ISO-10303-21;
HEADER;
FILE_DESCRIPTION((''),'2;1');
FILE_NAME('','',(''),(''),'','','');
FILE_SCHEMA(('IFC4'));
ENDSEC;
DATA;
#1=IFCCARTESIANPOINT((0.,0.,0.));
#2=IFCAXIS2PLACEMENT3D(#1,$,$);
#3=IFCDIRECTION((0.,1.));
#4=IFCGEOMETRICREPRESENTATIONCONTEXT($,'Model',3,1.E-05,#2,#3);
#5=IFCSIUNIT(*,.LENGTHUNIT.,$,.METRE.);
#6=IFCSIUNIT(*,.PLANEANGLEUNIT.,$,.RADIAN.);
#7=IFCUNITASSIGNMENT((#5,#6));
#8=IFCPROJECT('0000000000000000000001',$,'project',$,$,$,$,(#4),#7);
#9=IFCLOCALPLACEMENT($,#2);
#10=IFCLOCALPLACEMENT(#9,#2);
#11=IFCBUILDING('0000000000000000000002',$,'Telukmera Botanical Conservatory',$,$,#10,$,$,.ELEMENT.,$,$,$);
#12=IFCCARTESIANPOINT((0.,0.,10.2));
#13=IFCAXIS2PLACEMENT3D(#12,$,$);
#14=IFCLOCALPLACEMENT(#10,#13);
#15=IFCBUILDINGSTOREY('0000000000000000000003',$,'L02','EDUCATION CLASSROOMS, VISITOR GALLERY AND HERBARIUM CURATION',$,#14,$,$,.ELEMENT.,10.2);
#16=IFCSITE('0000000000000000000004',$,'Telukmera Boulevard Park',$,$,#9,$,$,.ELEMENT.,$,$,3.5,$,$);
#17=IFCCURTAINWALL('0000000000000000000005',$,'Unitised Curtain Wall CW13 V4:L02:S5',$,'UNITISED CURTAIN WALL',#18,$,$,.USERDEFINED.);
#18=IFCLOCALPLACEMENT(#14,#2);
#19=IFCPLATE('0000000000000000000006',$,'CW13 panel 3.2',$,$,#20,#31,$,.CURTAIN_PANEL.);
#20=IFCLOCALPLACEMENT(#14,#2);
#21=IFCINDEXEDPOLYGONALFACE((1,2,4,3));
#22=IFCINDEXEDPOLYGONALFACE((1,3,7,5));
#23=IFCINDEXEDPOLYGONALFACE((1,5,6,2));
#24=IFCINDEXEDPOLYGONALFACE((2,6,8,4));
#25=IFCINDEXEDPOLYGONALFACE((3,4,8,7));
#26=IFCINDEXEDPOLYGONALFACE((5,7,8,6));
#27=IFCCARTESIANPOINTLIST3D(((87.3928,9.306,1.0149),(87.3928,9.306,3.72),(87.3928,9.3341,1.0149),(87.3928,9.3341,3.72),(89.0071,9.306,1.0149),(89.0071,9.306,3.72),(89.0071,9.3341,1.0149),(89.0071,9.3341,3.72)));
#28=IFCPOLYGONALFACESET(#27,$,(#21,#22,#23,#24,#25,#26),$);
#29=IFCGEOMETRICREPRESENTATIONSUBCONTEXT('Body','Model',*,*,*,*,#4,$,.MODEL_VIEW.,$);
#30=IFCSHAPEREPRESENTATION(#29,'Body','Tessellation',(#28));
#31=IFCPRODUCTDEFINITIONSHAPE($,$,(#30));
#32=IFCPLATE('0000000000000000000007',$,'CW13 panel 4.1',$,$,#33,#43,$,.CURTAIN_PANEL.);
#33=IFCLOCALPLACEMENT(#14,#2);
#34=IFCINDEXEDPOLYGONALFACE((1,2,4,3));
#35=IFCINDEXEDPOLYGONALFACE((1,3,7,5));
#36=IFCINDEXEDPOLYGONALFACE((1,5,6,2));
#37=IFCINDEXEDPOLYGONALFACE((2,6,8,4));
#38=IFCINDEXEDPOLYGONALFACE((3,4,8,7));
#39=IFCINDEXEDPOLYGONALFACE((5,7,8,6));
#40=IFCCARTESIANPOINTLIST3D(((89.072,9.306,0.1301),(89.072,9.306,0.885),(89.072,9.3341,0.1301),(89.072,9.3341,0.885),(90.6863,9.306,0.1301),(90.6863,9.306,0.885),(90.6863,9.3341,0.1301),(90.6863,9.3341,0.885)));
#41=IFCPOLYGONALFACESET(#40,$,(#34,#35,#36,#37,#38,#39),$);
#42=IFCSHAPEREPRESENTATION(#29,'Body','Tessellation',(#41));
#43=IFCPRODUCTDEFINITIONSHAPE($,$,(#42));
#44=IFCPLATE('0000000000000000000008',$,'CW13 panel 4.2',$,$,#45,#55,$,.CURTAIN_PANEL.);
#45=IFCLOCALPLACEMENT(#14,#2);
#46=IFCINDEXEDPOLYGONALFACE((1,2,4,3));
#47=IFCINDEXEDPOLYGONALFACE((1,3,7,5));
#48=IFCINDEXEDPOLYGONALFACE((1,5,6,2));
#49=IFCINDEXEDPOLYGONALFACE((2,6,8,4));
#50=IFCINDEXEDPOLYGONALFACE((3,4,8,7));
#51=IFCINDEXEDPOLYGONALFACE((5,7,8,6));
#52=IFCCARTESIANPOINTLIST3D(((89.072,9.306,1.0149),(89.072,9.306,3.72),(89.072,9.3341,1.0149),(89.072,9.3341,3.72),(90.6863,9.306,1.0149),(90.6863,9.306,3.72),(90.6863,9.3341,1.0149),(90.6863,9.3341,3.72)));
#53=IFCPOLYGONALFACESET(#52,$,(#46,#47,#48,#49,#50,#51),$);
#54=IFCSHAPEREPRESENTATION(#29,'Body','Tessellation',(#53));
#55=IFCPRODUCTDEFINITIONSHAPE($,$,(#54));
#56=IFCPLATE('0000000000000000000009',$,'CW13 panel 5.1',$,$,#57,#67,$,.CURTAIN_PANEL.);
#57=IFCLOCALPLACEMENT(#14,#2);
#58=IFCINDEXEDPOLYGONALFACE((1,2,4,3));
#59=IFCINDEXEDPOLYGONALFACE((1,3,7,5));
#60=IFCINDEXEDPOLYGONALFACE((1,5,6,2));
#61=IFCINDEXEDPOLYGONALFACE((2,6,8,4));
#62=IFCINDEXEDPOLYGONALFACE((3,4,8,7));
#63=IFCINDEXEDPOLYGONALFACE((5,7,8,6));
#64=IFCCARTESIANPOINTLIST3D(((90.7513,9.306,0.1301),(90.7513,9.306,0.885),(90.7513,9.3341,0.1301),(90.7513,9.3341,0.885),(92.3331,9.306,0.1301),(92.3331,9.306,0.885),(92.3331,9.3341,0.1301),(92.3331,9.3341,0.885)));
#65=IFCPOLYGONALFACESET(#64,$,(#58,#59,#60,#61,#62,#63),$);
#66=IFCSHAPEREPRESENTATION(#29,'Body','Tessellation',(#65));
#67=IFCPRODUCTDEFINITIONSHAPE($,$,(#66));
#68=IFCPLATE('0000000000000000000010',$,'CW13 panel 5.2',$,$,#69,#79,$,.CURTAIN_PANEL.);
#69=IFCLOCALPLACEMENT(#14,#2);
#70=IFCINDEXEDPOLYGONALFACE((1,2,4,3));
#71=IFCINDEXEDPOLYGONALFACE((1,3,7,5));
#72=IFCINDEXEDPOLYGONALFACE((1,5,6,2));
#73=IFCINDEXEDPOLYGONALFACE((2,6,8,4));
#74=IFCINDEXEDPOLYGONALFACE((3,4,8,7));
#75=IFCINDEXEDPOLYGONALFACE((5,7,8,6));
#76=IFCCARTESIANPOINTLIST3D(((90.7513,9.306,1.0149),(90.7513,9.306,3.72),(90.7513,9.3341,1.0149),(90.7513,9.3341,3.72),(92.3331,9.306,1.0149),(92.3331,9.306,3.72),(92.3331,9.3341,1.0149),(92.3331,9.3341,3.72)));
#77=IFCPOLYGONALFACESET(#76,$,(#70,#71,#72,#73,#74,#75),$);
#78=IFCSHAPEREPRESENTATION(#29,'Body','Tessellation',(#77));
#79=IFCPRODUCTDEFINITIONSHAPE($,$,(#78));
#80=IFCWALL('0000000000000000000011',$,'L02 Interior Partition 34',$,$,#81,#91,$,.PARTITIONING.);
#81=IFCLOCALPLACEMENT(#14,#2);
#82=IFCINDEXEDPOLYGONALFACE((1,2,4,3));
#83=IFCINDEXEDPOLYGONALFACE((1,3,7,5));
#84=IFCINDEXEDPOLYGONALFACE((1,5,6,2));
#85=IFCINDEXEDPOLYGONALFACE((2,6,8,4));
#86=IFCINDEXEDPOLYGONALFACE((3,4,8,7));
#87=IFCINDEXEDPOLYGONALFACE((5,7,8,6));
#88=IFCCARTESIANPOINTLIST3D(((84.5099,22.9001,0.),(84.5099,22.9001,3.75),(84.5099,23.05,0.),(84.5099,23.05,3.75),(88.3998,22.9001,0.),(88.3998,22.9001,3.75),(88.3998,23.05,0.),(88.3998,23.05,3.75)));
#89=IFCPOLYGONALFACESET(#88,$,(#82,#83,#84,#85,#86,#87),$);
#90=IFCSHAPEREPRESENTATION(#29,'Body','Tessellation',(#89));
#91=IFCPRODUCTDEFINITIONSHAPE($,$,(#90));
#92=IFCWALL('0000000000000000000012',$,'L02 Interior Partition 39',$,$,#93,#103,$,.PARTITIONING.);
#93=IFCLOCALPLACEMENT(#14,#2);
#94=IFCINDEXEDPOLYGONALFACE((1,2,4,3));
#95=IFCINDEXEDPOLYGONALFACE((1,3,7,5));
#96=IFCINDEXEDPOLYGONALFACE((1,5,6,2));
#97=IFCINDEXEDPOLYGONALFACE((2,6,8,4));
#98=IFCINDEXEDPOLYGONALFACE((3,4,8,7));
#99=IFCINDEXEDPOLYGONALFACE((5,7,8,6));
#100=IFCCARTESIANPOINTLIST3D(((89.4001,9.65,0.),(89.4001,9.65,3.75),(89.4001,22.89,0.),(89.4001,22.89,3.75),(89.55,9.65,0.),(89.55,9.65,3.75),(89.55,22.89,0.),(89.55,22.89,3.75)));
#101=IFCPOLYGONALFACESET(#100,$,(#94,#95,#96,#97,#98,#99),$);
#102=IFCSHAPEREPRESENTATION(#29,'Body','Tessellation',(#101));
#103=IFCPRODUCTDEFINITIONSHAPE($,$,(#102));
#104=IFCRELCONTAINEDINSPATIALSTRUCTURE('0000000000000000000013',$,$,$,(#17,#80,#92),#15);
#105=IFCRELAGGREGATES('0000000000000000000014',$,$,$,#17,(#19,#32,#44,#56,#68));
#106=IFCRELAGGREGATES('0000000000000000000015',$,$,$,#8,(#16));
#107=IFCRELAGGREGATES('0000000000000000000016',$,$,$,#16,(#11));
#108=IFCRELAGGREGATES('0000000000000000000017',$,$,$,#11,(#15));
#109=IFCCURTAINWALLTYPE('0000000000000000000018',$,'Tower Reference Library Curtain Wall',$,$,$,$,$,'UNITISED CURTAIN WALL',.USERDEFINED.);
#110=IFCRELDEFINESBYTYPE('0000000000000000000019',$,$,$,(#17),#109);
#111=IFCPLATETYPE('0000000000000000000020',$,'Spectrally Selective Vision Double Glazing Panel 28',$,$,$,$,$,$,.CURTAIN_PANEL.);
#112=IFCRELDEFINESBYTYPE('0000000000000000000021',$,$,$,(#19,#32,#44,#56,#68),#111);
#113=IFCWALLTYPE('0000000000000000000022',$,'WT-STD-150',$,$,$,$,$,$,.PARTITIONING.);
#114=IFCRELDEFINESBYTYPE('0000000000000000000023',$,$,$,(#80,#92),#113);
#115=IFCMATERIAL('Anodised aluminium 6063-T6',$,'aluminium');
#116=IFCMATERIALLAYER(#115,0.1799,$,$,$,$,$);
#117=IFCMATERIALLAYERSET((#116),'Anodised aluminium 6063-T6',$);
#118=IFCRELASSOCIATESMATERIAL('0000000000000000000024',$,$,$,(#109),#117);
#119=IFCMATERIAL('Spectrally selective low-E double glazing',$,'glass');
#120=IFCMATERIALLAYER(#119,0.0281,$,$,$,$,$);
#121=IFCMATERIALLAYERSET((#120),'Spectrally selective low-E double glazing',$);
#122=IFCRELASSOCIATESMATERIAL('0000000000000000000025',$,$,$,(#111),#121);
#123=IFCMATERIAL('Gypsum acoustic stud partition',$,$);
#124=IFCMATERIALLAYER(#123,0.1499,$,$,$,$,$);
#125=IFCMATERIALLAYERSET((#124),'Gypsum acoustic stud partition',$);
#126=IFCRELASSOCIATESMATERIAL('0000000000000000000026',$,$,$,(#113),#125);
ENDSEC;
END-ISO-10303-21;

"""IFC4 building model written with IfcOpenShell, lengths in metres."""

from ifc_helpers import new_model, si_unit, direction, frame, frame_2d, origin, origin_2d, place, context, subcontext, project, spatial, rectangle, extrude, material, layer, layer_set, type_object, element, aggregate, save


model = new_model("IFC4")

# Units and contexts
model_context = context("Model", 3, precision=1e-05, world=origin(), true_north=direction((0.0, 1.0)))
body_context = subcontext(model_context, "Body", "Model", "MODEL_VIEW")
ifc_project = project(units=[si_unit("LENGTHUNIT", "METRE"), si_unit("PLANEANGLEUNIT", "RADIAN")], contexts=[model_context])

# Site, building, storey
site_placement = place(None, origin())
site = spatial("IfcSite", under=ifc_project, at=site_placement, Name="Telukmera Boulevard Park", CompositionType="ELEMENT", RefElevation=3.5)
building_placement = place(site_placement, origin())
building = spatial("IfcBuilding", under=site, at=building_placement, Name="Telukmera Botanical Conservatory", CompositionType="ELEMENT")
storey_placement = place(building_placement, frame((0.0, 0.0, 10.2)))
storey = spatial("IfcBuildingStorey", under=building, at=storey_placement, Name="L02", Description="EDUCATION CLASSROOMS, VISITOR GALLERY AND HERBARIUM CURATION", CompositionType="ELEMENT", Elevation=10.2)

# Curtain wall
ifc_material_1 = material(Name="Anodised aluminium 6063-T6", Category="aluminium")
ifc_layer_1 = layer(ifc_material_1, 0.1799)
ifc_layer_set_1 = layer_set([ifc_layer_1], Name="Anodised aluminium 6063-T6")
curtain_wall_type = type_object("IfcCurtainWallType", Name="Tower Reference Library Curtain Wall", ElementType="UNITISED CURTAIN WALL", PredefinedType="USERDEFINED", material=ifc_layer_set_1)
curtain_wall_1_placement = place(storey_placement, origin())
curtain_wall_1 = element("IfcCurtainWall", 1, at=curtain_wall_1_placement, inside=storey, type_object=curtain_wall_type, Name="Unitised Curtain Wall CW13 V4:L02:S5", ObjectType="UNITISED CURTAIN WALL", PredefinedType="USERDEFINED")

# Plates
ifc_material_2 = material(Name="Spectrally selective low-E double glazing", Category="glass")
ifc_layer_2 = layer(ifc_material_2, 0.0281)
ifc_layer_set_2 = layer_set([ifc_layer_2], Name="Spectrally selective low-E double glazing")
plate_type = type_object("IfcPlateType", Name="Spectrally Selective Vision Double Glazing Panel 28", PredefinedType="CURTAIN_PANEL", material=ifc_layer_set_2)
plate_1_placement = place(storey_placement, frame((88.2, 9.3201, 1.0149), z_axis=(0.0, 0.0, 1.0), x_axis=(1.0, 0.0, 0.0)))
plate_1 = element("IfcPlate", 2, at=plate_1_placement, type_object=plate_type, Name="CW13 panel 3.2", PredefinedType="CURTAIN_PANEL", context=body_context, shape_type="SweptSolid", body=[
    extrude(rectangle(XDim=1.6143, YDim=0.0281, at=origin_2d()), origin(), (0.0, 0.0, 1.0), 2.7051),
])
plate_2_placement = place(storey_placement, frame((89.8792, 9.3201, 0.1301), z_axis=(0.0, 0.0, 1.0), x_axis=(1.0, 0.0, 0.0)))
plate_2 = element("IfcPlate", 3, at=plate_2_placement, type_object=plate_type, Name="CW13 panel 4.1", PredefinedType="CURTAIN_PANEL", context=body_context, shape_type="SweptSolid", body=[
    extrude(rectangle(XDim=1.6143, YDim=0.0281, at=origin_2d()), origin(), (0.0, 0.0, 1.0), 0.7549),
])
plate_3_placement = place(storey_placement, frame((89.8792, 9.3201, 1.0149), z_axis=(0.0, 0.0, 1.0), x_axis=(1.0, 0.0, 0.0)))
plate_3 = element("IfcPlate", 4, at=plate_3_placement, type_object=plate_type, Name="CW13 panel 4.2", PredefinedType="CURTAIN_PANEL", context=body_context, shape_type="SweptSolid", body=[
    extrude(rectangle(XDim=1.6143, YDim=0.0281, at=origin_2d()), origin(), (0.0, 0.0, 1.0), 2.7051),
])
plate_4_placement = place(storey_placement, frame((91.5422, 9.3201, 0.1301), z_axis=(0.0, 0.0, 1.0), x_axis=(1.0, 0.0, 0.0)))
plate_4 = element("IfcPlate", 5, at=plate_4_placement, type_object=plate_type, Name="CW13 panel 5.1", PredefinedType="CURTAIN_PANEL", context=body_context, shape_type="SweptSolid", body=[
    extrude(rectangle(XDim=1.5818, YDim=0.0281, at=origin_2d()), origin(), (0.0, 0.0, 1.0), 0.7549),
])
plate_5_placement = place(storey_placement, frame((91.5422, 9.3201, 1.0149), z_axis=(0.0, 0.0, 1.0), x_axis=(1.0, 0.0, 0.0)))
plate_5 = element("IfcPlate", 6, at=plate_5_placement, type_object=plate_type, Name="CW13 panel 5.2", PredefinedType="CURTAIN_PANEL", context=body_context, shape_type="SweptSolid", body=[
    extrude(rectangle(XDim=1.5818, YDim=0.0281, at=origin_2d()), origin(), (0.0, 0.0, 1.0), 2.7051),
])
aggregate(curtain_wall_1, [plate_1, plate_2, plate_3, plate_4, plate_5])

# Walls
ifc_material_3 = material(Name="Gypsum acoustic stud partition")
ifc_layer_3 = layer(ifc_material_3, 0.1499)
ifc_layer_set_3 = layer_set([ifc_layer_3], Name="Gypsum acoustic stud partition")
wall_type = type_object("IfcWallType", Name="WT-STD-150", PredefinedType="PARTITIONING", material=ifc_layer_set_3)
wall_1_placement = place(storey_placement, frame((84.51, 22.9751, 0.0), z_axis=(0.0, 0.0, 1.0), x_axis=(1.0, 0.0, 0.0)))
element("IfcWall", 7, at=wall_1_placement, inside=storey, type_object=wall_type, Name="L02 Interior Partition 34", PredefinedType="PARTITIONING", context=body_context, shape_type="SweptSolid", body=[
    extrude(rectangle(XDim=3.8899, YDim=0.1499, at=frame_2d((1.9448, 0.0))), origin(), (0.0, 0.0, 1.0), 3.75),
])
wall_2_placement = place(storey_placement, frame((89.4751, 9.6499, 0.0), z_axis=(0.0, 0.0, 1.0), x_axis=(0.0, 1.0, 0.0)))
element("IfcWall", 8, at=wall_2_placement, inside=storey, type_object=wall_type, Name="L02 Interior Partition 39", PredefinedType="PARTITIONING", context=body_context, shape_type="SweptSolid", body=[
    extrude(rectangle(XDim=13.24, YDim=0.1499, at=frame_2d((6.6201, 0.0))), origin(), (0.0, 0.0, 1.0), 3.75),
])

save(model, "model.ifc")
